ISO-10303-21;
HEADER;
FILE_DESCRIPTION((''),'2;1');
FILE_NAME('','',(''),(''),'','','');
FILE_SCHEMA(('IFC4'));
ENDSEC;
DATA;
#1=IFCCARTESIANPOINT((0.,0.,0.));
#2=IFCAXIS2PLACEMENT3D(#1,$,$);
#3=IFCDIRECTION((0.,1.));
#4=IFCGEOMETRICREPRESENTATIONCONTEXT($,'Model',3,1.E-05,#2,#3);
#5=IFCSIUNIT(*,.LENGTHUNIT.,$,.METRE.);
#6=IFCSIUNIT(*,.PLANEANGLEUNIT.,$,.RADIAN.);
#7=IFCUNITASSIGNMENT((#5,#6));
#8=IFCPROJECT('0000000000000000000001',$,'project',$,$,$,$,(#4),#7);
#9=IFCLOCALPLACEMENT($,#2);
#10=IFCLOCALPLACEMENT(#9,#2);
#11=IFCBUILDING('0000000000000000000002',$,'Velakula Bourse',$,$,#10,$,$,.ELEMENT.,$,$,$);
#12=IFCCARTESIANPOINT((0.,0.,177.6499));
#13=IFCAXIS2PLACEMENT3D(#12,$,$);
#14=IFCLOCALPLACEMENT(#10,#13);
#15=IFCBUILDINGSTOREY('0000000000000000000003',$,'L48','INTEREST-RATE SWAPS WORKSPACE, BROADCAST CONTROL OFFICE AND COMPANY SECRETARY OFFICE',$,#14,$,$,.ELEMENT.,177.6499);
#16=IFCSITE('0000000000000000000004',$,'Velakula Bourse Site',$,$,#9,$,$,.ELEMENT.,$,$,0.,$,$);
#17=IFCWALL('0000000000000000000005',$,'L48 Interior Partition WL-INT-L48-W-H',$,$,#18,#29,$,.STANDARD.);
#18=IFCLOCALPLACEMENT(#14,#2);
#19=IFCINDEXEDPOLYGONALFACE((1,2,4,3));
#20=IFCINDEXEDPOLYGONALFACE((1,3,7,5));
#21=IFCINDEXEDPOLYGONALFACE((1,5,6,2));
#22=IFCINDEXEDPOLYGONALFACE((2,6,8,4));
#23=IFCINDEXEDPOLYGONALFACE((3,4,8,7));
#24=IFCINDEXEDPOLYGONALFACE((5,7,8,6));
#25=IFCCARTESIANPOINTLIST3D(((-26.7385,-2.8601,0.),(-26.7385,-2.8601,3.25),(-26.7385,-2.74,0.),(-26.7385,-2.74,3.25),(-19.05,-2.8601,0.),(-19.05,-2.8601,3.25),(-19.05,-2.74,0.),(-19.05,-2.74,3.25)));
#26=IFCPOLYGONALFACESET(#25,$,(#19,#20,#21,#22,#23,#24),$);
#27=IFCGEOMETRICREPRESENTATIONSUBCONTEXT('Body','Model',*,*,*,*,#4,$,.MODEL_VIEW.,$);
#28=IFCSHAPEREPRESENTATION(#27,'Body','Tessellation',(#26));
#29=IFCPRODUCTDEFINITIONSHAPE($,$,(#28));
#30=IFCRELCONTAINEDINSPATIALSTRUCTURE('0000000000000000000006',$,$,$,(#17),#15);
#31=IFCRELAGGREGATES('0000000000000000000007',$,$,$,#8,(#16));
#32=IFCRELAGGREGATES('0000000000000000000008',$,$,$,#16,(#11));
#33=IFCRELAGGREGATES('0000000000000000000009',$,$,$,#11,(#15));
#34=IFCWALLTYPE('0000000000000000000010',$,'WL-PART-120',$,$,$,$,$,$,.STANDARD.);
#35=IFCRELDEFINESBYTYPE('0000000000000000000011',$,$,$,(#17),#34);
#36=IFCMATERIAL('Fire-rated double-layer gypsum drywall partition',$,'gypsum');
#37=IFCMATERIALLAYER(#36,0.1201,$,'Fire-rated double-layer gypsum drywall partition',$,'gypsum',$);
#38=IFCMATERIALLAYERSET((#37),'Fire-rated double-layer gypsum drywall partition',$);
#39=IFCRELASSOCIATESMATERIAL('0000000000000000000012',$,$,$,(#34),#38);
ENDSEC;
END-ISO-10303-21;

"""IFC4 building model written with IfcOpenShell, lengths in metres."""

from ifc_helpers import new_model, si_unit, direction, frame, frame_2d, origin, place, context, subcontext, project, spatial, rectangle, extrude, material, layer, layer_set, type_object, element, save


model = new_model("IFC4")

# Units and contexts
model_context = context("Model", 3, precision=1e-05, world=origin(), true_north=direction((0.0, 1.0)))
body_context = subcontext(model_context, "Body", "Model", "MODEL_VIEW")
ifc_project = project(units=[si_unit("LENGTHUNIT", "METRE"), si_unit("PLANEANGLEUNIT", "RADIAN")], contexts=[model_context])

# Site, building, storey
site_placement = place(None, origin())
site = spatial("IfcSite", under=ifc_project, at=site_placement, Name="Velakula Bourse Site", CompositionType="ELEMENT", RefElevation=0.0)
building_placement = place(site_placement, origin())
building = spatial("IfcBuilding", under=site, at=building_placement, Name="Velakula Bourse", CompositionType="ELEMENT")
storey_placement = place(building_placement, frame((0.0, 0.0, 177.6499)))
storey = spatial("IfcBuildingStorey", under=building, at=storey_placement, Name="L48", Description="INTEREST-RATE SWAPS WORKSPACE, BROADCAST CONTROL OFFICE AND COMPANY SECRETARY OFFICE", CompositionType="ELEMENT", Elevation=177.6499)

# Wall
ifc_material_1 = material(Name="Fire-rated double-layer gypsum drywall partition", Category="gypsum")
ifc_layer_1 = layer(ifc_material_1, 0.1201, Name="Fire-rated double-layer gypsum drywall partition", Category="gypsum")
ifc_layer_set_1 = layer_set([ifc_layer_1], Name="Fire-rated double-layer gypsum drywall partition")
wall_type_1 = type_object("IfcWallType", Name="WL-PART-120", PredefinedType="STANDARD", material=ifc_layer_set_1)
wall_1_placement = place(storey_placement, frame((-26.7385, -2.8, 0.0), z_axis=(0.0, 0.0, 1.0), x_axis=(1.0, 0.0, 0.0)))
element("IfcWall", 1, at=wall_1_placement, inside=storey, type_object=wall_type_1, Name="L48 Interior Partition WL-INT-L48-W-H", PredefinedType="STANDARD", context=body_context, shape_type="SweptSolid", body=[
    extrude(rectangle(XDim=7.6885, YDim=0.1201, at=frame_2d((3.8442, 0.0))), origin(), (0.0, 0.0, 1.0), 3.25),
])

save(model, "model.ifc")
